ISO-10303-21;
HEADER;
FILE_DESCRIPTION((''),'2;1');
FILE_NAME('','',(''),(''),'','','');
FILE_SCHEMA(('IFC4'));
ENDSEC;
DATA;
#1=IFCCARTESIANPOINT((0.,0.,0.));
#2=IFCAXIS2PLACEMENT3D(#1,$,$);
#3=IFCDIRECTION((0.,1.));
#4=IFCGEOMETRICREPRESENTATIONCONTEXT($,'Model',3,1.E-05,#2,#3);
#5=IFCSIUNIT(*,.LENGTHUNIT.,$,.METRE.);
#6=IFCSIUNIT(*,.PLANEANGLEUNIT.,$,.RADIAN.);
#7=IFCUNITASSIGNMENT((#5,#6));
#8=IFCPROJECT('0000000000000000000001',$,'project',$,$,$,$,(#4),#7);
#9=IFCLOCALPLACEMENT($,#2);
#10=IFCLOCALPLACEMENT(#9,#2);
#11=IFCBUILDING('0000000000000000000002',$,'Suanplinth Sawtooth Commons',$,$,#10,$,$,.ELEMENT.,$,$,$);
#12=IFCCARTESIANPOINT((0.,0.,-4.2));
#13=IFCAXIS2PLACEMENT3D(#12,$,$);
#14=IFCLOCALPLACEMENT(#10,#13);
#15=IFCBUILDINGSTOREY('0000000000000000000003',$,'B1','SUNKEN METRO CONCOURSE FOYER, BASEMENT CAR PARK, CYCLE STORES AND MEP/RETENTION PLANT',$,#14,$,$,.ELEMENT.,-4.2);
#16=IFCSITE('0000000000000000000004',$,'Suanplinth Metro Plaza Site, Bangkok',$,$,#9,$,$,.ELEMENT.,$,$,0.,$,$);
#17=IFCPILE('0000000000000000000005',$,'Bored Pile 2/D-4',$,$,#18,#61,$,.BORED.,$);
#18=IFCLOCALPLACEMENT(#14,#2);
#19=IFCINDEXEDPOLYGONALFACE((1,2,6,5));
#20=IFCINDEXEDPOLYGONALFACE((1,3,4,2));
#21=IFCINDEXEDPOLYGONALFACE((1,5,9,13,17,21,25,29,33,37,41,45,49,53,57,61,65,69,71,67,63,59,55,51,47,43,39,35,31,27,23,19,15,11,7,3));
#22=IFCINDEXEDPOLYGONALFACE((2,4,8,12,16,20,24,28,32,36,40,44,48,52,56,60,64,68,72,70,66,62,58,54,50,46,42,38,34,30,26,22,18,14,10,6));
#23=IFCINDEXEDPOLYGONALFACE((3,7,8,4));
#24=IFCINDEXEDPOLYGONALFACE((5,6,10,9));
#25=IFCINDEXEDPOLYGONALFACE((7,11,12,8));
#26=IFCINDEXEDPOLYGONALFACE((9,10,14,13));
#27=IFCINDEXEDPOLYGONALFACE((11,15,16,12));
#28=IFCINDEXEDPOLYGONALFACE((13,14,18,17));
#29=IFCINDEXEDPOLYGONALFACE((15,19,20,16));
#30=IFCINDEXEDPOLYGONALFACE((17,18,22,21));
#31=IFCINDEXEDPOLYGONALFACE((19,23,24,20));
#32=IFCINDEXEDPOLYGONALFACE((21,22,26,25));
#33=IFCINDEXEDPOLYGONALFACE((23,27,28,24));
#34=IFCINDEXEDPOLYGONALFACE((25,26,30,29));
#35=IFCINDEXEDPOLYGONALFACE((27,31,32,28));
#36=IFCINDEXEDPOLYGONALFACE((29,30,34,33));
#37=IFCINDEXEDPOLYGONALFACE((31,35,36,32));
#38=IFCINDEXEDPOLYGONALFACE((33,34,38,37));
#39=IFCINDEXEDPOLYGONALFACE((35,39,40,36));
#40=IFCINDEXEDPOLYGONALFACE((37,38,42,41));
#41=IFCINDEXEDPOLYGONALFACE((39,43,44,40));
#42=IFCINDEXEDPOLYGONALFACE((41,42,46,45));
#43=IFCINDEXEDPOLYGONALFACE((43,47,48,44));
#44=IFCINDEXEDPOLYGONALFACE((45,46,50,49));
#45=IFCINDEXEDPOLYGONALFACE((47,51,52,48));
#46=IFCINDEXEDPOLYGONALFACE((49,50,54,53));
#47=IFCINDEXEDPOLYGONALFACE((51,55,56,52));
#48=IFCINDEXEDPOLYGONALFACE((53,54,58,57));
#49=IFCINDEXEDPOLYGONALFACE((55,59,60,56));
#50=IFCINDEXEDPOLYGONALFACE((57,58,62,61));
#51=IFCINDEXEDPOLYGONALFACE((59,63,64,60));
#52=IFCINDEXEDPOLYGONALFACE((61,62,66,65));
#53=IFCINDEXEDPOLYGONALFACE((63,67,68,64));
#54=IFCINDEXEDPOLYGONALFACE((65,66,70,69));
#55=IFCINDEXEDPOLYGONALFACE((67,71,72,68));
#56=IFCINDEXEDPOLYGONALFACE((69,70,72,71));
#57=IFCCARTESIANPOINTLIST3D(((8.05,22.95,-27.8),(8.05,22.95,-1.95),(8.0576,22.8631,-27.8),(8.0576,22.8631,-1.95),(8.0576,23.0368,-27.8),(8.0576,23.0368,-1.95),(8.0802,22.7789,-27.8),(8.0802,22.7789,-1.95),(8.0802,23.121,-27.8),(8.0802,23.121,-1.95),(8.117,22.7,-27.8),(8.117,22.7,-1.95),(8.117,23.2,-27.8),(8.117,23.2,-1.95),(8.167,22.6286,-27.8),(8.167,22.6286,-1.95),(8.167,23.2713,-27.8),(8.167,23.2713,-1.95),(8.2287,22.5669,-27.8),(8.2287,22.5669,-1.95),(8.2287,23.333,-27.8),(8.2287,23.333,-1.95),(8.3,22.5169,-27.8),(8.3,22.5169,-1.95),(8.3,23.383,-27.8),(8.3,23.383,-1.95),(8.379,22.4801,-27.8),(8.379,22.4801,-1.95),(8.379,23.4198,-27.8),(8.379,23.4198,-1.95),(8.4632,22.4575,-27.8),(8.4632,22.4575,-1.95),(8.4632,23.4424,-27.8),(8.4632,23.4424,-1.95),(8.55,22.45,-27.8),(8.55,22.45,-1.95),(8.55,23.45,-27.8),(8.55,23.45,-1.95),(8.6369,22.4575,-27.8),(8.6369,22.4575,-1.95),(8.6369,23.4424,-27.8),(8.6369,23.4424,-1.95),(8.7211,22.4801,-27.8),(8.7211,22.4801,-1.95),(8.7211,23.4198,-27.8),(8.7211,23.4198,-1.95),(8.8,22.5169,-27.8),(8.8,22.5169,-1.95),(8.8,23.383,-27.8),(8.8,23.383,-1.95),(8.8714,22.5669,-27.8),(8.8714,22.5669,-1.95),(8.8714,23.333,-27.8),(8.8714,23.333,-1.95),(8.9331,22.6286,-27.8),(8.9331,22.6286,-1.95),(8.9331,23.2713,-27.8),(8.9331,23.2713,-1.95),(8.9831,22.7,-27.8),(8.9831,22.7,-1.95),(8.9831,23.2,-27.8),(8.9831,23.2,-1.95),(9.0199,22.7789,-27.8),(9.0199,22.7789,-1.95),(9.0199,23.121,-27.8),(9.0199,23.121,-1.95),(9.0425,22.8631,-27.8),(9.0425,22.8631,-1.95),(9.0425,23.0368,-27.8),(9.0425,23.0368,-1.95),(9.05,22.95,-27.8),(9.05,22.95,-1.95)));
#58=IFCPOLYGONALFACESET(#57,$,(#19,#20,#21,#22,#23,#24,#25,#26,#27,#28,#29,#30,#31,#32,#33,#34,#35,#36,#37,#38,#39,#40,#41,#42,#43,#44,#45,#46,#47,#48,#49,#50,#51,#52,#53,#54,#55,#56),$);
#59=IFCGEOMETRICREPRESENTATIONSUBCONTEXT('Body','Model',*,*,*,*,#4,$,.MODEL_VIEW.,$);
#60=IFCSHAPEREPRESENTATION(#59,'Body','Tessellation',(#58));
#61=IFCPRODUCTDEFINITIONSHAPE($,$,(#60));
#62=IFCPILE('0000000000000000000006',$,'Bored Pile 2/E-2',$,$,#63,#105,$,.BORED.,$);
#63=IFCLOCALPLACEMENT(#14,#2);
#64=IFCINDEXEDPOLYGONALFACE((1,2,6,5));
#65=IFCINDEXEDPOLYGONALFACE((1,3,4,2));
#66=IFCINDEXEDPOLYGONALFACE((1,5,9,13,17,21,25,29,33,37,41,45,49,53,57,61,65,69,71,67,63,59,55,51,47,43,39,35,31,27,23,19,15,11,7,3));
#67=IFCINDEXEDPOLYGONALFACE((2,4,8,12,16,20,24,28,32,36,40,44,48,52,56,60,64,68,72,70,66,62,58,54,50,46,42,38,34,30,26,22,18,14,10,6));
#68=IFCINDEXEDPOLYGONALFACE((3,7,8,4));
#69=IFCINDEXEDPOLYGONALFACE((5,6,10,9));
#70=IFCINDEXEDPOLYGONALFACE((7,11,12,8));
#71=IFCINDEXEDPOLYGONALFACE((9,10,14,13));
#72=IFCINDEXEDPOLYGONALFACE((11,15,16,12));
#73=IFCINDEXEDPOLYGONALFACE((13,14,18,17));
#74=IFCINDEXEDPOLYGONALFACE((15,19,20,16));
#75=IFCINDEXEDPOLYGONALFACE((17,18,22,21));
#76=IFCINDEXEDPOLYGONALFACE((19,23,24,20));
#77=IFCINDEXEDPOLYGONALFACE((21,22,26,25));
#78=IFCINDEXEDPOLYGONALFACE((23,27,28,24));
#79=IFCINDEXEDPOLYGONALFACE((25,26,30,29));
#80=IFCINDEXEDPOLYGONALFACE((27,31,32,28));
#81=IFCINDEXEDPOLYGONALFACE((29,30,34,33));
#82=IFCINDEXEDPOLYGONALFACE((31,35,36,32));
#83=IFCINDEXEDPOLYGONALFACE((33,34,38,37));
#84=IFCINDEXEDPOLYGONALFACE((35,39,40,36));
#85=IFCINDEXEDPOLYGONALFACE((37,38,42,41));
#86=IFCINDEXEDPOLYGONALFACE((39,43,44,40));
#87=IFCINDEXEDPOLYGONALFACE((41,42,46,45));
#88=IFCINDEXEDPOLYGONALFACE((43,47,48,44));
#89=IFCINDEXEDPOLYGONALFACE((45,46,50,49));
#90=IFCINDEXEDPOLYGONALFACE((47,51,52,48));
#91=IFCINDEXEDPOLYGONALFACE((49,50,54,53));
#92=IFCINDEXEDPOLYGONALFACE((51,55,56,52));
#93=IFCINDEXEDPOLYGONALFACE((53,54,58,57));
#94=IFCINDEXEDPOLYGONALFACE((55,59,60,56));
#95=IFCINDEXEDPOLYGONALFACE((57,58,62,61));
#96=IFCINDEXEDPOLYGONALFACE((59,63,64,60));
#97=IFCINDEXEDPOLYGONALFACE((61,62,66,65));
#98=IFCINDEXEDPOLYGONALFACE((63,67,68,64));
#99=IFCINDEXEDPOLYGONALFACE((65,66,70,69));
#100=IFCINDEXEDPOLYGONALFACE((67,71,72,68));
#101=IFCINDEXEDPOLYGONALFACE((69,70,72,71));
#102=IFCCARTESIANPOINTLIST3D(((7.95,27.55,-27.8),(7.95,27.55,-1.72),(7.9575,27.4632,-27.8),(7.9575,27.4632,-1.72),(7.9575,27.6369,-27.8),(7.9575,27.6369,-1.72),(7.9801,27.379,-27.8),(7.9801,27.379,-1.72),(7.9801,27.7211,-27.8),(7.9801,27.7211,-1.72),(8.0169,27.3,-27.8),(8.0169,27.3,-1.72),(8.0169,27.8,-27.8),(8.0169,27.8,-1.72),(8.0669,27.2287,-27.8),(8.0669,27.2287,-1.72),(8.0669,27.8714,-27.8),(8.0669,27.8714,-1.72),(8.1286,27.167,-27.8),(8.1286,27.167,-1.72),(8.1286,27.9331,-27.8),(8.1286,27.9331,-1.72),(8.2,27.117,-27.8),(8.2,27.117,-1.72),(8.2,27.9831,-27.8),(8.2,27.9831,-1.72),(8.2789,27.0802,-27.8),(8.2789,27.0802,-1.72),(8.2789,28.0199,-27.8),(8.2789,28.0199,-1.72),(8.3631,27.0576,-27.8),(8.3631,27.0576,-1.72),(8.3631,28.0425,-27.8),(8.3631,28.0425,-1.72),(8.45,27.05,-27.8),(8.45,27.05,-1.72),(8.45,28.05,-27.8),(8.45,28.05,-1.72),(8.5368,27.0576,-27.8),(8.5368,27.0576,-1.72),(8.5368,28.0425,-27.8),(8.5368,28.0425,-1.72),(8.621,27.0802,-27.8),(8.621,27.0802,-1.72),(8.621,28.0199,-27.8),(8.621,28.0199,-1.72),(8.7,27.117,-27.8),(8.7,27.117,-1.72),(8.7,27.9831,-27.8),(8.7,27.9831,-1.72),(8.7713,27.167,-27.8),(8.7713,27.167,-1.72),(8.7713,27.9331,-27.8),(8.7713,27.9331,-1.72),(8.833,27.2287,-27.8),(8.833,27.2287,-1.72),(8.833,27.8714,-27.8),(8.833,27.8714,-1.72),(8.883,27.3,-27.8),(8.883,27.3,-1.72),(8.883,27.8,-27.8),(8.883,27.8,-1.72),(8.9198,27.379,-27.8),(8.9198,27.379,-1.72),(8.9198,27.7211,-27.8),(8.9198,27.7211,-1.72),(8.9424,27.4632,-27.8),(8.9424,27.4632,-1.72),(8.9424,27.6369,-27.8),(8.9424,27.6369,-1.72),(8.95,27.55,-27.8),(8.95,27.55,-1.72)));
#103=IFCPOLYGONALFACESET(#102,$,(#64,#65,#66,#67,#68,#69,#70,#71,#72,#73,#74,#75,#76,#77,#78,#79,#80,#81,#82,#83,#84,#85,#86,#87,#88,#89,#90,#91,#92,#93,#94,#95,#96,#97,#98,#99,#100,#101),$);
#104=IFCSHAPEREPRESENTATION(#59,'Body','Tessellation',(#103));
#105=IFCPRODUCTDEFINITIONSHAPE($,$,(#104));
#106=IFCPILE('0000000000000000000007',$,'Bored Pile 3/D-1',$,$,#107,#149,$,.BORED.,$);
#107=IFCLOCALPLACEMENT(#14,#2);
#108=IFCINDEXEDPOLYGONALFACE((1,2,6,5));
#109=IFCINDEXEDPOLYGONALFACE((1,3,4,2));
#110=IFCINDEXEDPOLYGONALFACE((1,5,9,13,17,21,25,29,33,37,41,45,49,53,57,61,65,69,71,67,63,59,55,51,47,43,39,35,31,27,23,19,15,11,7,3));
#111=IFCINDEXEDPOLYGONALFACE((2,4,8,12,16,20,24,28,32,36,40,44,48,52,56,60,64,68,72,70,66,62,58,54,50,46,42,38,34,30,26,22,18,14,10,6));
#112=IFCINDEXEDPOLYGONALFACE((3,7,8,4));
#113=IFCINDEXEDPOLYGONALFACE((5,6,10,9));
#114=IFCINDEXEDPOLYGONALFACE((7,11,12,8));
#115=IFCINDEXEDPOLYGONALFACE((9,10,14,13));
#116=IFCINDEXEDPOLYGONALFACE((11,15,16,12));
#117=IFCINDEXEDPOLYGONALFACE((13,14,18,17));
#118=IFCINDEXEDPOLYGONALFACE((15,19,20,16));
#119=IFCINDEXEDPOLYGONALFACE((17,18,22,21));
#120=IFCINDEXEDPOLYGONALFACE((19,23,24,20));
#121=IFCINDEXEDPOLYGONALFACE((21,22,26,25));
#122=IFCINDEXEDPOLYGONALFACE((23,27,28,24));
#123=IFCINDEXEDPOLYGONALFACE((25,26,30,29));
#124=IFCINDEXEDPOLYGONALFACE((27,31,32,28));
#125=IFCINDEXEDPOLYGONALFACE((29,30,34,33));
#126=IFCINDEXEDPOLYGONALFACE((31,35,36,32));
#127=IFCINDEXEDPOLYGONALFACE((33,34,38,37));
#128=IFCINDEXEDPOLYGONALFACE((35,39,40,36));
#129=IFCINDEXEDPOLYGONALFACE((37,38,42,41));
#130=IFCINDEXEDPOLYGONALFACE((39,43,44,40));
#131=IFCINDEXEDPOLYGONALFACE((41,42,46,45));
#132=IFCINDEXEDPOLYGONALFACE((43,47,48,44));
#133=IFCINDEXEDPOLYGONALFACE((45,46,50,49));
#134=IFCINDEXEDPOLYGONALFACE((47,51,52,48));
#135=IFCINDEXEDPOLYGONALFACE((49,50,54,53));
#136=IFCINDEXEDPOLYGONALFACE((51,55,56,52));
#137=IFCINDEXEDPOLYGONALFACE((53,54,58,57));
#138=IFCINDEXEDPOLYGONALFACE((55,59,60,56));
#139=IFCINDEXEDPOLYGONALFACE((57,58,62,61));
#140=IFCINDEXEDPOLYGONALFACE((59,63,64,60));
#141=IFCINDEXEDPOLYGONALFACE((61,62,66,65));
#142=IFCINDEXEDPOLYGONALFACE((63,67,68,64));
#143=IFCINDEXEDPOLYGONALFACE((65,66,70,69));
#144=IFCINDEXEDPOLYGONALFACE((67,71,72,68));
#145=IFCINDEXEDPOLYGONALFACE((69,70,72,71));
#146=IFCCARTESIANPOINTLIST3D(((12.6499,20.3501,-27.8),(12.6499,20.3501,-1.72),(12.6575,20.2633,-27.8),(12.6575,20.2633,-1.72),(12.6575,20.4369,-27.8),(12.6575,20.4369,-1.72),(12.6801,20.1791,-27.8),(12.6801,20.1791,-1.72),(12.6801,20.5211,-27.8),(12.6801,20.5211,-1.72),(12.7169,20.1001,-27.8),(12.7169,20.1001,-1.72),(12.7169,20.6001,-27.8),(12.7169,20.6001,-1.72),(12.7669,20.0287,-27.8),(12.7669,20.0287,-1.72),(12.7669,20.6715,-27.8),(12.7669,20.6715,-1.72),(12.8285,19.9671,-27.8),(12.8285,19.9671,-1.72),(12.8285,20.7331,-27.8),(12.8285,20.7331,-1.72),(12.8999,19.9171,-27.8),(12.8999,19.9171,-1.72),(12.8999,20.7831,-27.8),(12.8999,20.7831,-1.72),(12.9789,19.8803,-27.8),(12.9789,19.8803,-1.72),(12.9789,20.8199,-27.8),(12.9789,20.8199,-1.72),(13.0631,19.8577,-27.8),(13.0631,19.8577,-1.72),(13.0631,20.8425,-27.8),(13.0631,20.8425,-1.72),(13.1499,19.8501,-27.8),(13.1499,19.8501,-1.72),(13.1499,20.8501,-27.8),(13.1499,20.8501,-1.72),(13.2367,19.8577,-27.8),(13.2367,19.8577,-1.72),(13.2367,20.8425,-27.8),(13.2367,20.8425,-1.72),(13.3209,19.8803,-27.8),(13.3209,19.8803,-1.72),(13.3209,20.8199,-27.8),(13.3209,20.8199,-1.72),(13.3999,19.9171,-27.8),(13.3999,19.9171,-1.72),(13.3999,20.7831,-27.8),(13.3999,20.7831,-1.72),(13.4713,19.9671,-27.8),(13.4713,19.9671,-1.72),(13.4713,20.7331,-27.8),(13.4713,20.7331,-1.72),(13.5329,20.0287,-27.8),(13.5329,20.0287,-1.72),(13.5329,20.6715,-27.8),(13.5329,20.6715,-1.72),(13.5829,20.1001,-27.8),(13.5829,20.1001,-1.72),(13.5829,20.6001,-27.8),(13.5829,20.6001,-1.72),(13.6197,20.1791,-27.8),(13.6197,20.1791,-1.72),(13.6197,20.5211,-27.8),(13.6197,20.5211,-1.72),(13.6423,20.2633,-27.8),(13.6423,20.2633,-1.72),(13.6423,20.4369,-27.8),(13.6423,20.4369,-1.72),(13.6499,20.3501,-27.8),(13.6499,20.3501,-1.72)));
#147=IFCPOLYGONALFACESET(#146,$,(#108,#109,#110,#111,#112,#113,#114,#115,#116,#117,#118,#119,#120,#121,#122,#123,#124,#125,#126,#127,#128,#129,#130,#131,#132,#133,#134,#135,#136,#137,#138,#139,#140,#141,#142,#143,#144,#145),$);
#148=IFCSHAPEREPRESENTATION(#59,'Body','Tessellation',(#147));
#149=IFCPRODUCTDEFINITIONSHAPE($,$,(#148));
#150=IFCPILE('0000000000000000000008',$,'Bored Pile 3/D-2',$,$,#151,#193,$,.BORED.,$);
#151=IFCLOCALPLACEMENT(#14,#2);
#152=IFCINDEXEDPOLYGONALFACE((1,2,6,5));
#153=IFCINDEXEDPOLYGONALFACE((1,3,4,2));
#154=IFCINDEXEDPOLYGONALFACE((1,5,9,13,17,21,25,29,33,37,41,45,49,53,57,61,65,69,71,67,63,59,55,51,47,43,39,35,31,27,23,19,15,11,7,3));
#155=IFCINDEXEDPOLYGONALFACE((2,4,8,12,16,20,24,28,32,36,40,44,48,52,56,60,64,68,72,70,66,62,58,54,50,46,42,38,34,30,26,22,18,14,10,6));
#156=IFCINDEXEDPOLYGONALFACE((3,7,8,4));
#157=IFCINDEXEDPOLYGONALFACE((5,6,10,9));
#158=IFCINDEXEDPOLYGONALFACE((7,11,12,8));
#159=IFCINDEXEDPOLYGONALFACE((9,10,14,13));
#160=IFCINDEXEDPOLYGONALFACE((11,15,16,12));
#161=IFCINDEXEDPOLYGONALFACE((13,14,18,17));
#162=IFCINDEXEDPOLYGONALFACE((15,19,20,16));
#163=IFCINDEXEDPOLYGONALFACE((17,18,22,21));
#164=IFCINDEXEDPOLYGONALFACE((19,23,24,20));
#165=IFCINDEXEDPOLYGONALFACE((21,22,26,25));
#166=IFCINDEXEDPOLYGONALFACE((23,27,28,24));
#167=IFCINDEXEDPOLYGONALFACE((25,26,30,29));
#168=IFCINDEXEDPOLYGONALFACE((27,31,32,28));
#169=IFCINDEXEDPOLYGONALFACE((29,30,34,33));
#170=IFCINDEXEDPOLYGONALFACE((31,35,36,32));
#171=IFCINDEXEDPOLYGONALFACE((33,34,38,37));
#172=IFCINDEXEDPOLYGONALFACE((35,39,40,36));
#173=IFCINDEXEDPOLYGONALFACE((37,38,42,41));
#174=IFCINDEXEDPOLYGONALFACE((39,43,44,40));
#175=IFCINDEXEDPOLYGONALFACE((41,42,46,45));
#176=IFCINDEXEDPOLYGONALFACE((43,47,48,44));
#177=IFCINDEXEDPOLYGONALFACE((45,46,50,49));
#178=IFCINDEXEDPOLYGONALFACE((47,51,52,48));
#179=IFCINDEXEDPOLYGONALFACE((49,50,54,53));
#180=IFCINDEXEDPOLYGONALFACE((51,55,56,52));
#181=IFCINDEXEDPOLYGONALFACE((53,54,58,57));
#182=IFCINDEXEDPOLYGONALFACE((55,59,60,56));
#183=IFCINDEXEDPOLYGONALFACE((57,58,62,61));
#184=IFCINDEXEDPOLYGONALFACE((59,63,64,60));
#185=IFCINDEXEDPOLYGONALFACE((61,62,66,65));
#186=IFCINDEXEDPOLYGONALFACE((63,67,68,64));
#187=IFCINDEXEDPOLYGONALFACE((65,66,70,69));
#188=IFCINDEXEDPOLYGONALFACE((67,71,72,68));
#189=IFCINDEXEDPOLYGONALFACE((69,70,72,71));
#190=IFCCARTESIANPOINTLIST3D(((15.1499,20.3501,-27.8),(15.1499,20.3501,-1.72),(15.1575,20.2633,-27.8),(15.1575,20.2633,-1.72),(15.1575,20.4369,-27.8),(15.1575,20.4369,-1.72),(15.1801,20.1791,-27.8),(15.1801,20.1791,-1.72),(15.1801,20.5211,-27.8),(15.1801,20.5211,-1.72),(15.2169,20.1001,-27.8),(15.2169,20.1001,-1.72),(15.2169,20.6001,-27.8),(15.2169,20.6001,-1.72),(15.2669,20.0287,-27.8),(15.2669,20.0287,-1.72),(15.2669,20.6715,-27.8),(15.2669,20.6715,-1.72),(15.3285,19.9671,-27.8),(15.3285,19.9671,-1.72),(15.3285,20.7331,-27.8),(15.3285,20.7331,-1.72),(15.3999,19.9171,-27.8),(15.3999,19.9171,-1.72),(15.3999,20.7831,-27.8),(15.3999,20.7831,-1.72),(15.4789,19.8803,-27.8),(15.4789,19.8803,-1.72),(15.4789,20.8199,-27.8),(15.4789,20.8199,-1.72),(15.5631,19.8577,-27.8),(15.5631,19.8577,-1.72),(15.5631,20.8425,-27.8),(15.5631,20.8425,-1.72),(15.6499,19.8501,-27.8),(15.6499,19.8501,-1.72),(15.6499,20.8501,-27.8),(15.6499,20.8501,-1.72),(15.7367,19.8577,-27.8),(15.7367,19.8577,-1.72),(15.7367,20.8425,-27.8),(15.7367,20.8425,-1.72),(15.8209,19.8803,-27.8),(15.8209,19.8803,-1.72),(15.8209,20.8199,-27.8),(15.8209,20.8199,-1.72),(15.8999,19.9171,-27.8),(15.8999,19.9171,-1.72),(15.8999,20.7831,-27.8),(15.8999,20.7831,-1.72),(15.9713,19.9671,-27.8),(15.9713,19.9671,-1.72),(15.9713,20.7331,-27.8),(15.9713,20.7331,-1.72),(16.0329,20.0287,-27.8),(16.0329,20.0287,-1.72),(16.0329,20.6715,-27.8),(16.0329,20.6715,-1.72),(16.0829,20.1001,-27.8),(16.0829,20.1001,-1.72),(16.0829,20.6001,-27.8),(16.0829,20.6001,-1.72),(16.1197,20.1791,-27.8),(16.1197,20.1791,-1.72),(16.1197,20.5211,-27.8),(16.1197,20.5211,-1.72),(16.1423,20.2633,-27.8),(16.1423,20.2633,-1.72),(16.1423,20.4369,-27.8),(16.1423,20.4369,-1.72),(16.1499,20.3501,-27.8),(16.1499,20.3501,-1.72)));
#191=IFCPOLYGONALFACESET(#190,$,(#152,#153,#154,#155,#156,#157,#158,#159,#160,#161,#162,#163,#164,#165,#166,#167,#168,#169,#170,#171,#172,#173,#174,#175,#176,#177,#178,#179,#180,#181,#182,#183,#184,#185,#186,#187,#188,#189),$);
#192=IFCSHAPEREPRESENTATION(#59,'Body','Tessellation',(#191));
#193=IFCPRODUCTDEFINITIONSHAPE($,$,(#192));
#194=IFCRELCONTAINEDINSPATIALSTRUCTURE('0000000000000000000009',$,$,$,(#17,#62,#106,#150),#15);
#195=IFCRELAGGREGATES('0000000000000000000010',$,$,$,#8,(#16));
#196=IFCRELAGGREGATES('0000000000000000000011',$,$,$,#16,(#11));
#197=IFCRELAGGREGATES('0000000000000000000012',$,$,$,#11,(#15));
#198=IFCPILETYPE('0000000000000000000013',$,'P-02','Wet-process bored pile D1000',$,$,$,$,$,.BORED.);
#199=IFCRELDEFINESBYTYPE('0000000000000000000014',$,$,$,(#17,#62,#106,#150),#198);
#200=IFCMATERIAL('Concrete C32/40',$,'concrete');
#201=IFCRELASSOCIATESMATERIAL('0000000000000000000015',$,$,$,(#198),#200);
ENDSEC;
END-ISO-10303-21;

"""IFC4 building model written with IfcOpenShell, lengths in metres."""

from ifc_helpers import new_model, si_unit, direction, frame, origin, origin_2d, place, context, subcontext, project, spatial, circle, extrude, material, material_profile, profile_set, type_object, element, save


model = new_model("IFC4")

# Units and contexts
model_context = context("Model", 3, precision=1e-05, world=origin(), true_north=direction((0.0, 1.0)))
body_context = subcontext(model_context, "Body", "Model", "MODEL_VIEW")
ifc_project = project(units=[si_unit("LENGTHUNIT", "METRE"), si_unit("PLANEANGLEUNIT", "RADIAN")], contexts=[model_context])

# Site, building, storey
site_placement = place(None, origin())
site = spatial("IfcSite", under=ifc_project, at=site_placement, Name="Suanplinth Metro Plaza Site, Bangkok", CompositionType="ELEMENT", RefElevation=0.0)
building_placement = place(site_placement, origin())
building = spatial("IfcBuilding", under=site, at=building_placement, Name="Suanplinth Sawtooth Commons", CompositionType="ELEMENT")
storey_placement = place(building_placement, frame((0.0, 0.0, -4.2)))
storey = spatial("IfcBuildingStorey", under=building, at=storey_placement, Name="B1", Description="SUNKEN METRO CONCOURSE FOYER, BASEMENT CAR PARK, CYCLE STORES AND MEP/RETENTION PLANT", CompositionType="ELEMENT", Elevation=-4.2)

# Piles
ifc_material_1 = material(Name="Concrete C32/40", Category="concrete")
ifc_material_profile_1 = material_profile(ifc_material_1, circle(Radius=0.5, at=origin_2d()), Name="PILE D1000")
ifc_profile_set_1 = profile_set([ifc_material_profile_1], Name="Concrete C32/40")
pile_type_1 = type_object("IfcPileType", Name="P-02", Description="Wet-process bored pile D1000", PredefinedType="BORED", material=ifc_profile_set_1)
for number, where, z_axis, x_axis, name in (
    (1, (8.55, 22.95, -1.95), (0.0, 0.0, -1.0), (1.0, 0.0, 0.0), "Bored Pile 2/D-4"),
):
    element("IfcPile", number, at=place(storey_placement, frame(where, z_axis=z_axis, x_axis=x_axis)), inside=storey, type_object=pile_type_1, Name=name, PredefinedType="BORED", context=body_context, shape_type="SweptSolid", body=[
        extrude(circle(Radius=0.5, at=origin_2d()), origin(), (0.0, 0.0, 1.0), 25.8501),
    ])
for number, where, z_axis, x_axis, name in (
    (2, (8.45, 27.55, -1.72), (0.0, 0.0, -1.0), (1.0, 0.0, 0.0), "Bored Pile 2/E-2"),
    (3, (13.1499, 20.3501, -1.72), (0.0, 0.0, -1.0), (1.0, 0.0, 0.0), "Bored Pile 3/D-1"),
    (4, (15.6499, 20.3501, -1.72), (0.0, 0.0, -1.0), (1.0, 0.0, 0.0), "Bored Pile 3/D-2"),
):
    element("IfcPile", number, at=place(storey_placement, frame(where, z_axis=z_axis, x_axis=x_axis)), inside=storey, type_object=pile_type_1, Name=name, PredefinedType="BORED", context=body_context, shape_type="SweptSolid", body=[
        extrude(circle(Radius=0.5, at=origin_2d()), origin(), (0.0, 0.0, 1.0), 26.0801),
    ])

save(model, "model.ifc")
